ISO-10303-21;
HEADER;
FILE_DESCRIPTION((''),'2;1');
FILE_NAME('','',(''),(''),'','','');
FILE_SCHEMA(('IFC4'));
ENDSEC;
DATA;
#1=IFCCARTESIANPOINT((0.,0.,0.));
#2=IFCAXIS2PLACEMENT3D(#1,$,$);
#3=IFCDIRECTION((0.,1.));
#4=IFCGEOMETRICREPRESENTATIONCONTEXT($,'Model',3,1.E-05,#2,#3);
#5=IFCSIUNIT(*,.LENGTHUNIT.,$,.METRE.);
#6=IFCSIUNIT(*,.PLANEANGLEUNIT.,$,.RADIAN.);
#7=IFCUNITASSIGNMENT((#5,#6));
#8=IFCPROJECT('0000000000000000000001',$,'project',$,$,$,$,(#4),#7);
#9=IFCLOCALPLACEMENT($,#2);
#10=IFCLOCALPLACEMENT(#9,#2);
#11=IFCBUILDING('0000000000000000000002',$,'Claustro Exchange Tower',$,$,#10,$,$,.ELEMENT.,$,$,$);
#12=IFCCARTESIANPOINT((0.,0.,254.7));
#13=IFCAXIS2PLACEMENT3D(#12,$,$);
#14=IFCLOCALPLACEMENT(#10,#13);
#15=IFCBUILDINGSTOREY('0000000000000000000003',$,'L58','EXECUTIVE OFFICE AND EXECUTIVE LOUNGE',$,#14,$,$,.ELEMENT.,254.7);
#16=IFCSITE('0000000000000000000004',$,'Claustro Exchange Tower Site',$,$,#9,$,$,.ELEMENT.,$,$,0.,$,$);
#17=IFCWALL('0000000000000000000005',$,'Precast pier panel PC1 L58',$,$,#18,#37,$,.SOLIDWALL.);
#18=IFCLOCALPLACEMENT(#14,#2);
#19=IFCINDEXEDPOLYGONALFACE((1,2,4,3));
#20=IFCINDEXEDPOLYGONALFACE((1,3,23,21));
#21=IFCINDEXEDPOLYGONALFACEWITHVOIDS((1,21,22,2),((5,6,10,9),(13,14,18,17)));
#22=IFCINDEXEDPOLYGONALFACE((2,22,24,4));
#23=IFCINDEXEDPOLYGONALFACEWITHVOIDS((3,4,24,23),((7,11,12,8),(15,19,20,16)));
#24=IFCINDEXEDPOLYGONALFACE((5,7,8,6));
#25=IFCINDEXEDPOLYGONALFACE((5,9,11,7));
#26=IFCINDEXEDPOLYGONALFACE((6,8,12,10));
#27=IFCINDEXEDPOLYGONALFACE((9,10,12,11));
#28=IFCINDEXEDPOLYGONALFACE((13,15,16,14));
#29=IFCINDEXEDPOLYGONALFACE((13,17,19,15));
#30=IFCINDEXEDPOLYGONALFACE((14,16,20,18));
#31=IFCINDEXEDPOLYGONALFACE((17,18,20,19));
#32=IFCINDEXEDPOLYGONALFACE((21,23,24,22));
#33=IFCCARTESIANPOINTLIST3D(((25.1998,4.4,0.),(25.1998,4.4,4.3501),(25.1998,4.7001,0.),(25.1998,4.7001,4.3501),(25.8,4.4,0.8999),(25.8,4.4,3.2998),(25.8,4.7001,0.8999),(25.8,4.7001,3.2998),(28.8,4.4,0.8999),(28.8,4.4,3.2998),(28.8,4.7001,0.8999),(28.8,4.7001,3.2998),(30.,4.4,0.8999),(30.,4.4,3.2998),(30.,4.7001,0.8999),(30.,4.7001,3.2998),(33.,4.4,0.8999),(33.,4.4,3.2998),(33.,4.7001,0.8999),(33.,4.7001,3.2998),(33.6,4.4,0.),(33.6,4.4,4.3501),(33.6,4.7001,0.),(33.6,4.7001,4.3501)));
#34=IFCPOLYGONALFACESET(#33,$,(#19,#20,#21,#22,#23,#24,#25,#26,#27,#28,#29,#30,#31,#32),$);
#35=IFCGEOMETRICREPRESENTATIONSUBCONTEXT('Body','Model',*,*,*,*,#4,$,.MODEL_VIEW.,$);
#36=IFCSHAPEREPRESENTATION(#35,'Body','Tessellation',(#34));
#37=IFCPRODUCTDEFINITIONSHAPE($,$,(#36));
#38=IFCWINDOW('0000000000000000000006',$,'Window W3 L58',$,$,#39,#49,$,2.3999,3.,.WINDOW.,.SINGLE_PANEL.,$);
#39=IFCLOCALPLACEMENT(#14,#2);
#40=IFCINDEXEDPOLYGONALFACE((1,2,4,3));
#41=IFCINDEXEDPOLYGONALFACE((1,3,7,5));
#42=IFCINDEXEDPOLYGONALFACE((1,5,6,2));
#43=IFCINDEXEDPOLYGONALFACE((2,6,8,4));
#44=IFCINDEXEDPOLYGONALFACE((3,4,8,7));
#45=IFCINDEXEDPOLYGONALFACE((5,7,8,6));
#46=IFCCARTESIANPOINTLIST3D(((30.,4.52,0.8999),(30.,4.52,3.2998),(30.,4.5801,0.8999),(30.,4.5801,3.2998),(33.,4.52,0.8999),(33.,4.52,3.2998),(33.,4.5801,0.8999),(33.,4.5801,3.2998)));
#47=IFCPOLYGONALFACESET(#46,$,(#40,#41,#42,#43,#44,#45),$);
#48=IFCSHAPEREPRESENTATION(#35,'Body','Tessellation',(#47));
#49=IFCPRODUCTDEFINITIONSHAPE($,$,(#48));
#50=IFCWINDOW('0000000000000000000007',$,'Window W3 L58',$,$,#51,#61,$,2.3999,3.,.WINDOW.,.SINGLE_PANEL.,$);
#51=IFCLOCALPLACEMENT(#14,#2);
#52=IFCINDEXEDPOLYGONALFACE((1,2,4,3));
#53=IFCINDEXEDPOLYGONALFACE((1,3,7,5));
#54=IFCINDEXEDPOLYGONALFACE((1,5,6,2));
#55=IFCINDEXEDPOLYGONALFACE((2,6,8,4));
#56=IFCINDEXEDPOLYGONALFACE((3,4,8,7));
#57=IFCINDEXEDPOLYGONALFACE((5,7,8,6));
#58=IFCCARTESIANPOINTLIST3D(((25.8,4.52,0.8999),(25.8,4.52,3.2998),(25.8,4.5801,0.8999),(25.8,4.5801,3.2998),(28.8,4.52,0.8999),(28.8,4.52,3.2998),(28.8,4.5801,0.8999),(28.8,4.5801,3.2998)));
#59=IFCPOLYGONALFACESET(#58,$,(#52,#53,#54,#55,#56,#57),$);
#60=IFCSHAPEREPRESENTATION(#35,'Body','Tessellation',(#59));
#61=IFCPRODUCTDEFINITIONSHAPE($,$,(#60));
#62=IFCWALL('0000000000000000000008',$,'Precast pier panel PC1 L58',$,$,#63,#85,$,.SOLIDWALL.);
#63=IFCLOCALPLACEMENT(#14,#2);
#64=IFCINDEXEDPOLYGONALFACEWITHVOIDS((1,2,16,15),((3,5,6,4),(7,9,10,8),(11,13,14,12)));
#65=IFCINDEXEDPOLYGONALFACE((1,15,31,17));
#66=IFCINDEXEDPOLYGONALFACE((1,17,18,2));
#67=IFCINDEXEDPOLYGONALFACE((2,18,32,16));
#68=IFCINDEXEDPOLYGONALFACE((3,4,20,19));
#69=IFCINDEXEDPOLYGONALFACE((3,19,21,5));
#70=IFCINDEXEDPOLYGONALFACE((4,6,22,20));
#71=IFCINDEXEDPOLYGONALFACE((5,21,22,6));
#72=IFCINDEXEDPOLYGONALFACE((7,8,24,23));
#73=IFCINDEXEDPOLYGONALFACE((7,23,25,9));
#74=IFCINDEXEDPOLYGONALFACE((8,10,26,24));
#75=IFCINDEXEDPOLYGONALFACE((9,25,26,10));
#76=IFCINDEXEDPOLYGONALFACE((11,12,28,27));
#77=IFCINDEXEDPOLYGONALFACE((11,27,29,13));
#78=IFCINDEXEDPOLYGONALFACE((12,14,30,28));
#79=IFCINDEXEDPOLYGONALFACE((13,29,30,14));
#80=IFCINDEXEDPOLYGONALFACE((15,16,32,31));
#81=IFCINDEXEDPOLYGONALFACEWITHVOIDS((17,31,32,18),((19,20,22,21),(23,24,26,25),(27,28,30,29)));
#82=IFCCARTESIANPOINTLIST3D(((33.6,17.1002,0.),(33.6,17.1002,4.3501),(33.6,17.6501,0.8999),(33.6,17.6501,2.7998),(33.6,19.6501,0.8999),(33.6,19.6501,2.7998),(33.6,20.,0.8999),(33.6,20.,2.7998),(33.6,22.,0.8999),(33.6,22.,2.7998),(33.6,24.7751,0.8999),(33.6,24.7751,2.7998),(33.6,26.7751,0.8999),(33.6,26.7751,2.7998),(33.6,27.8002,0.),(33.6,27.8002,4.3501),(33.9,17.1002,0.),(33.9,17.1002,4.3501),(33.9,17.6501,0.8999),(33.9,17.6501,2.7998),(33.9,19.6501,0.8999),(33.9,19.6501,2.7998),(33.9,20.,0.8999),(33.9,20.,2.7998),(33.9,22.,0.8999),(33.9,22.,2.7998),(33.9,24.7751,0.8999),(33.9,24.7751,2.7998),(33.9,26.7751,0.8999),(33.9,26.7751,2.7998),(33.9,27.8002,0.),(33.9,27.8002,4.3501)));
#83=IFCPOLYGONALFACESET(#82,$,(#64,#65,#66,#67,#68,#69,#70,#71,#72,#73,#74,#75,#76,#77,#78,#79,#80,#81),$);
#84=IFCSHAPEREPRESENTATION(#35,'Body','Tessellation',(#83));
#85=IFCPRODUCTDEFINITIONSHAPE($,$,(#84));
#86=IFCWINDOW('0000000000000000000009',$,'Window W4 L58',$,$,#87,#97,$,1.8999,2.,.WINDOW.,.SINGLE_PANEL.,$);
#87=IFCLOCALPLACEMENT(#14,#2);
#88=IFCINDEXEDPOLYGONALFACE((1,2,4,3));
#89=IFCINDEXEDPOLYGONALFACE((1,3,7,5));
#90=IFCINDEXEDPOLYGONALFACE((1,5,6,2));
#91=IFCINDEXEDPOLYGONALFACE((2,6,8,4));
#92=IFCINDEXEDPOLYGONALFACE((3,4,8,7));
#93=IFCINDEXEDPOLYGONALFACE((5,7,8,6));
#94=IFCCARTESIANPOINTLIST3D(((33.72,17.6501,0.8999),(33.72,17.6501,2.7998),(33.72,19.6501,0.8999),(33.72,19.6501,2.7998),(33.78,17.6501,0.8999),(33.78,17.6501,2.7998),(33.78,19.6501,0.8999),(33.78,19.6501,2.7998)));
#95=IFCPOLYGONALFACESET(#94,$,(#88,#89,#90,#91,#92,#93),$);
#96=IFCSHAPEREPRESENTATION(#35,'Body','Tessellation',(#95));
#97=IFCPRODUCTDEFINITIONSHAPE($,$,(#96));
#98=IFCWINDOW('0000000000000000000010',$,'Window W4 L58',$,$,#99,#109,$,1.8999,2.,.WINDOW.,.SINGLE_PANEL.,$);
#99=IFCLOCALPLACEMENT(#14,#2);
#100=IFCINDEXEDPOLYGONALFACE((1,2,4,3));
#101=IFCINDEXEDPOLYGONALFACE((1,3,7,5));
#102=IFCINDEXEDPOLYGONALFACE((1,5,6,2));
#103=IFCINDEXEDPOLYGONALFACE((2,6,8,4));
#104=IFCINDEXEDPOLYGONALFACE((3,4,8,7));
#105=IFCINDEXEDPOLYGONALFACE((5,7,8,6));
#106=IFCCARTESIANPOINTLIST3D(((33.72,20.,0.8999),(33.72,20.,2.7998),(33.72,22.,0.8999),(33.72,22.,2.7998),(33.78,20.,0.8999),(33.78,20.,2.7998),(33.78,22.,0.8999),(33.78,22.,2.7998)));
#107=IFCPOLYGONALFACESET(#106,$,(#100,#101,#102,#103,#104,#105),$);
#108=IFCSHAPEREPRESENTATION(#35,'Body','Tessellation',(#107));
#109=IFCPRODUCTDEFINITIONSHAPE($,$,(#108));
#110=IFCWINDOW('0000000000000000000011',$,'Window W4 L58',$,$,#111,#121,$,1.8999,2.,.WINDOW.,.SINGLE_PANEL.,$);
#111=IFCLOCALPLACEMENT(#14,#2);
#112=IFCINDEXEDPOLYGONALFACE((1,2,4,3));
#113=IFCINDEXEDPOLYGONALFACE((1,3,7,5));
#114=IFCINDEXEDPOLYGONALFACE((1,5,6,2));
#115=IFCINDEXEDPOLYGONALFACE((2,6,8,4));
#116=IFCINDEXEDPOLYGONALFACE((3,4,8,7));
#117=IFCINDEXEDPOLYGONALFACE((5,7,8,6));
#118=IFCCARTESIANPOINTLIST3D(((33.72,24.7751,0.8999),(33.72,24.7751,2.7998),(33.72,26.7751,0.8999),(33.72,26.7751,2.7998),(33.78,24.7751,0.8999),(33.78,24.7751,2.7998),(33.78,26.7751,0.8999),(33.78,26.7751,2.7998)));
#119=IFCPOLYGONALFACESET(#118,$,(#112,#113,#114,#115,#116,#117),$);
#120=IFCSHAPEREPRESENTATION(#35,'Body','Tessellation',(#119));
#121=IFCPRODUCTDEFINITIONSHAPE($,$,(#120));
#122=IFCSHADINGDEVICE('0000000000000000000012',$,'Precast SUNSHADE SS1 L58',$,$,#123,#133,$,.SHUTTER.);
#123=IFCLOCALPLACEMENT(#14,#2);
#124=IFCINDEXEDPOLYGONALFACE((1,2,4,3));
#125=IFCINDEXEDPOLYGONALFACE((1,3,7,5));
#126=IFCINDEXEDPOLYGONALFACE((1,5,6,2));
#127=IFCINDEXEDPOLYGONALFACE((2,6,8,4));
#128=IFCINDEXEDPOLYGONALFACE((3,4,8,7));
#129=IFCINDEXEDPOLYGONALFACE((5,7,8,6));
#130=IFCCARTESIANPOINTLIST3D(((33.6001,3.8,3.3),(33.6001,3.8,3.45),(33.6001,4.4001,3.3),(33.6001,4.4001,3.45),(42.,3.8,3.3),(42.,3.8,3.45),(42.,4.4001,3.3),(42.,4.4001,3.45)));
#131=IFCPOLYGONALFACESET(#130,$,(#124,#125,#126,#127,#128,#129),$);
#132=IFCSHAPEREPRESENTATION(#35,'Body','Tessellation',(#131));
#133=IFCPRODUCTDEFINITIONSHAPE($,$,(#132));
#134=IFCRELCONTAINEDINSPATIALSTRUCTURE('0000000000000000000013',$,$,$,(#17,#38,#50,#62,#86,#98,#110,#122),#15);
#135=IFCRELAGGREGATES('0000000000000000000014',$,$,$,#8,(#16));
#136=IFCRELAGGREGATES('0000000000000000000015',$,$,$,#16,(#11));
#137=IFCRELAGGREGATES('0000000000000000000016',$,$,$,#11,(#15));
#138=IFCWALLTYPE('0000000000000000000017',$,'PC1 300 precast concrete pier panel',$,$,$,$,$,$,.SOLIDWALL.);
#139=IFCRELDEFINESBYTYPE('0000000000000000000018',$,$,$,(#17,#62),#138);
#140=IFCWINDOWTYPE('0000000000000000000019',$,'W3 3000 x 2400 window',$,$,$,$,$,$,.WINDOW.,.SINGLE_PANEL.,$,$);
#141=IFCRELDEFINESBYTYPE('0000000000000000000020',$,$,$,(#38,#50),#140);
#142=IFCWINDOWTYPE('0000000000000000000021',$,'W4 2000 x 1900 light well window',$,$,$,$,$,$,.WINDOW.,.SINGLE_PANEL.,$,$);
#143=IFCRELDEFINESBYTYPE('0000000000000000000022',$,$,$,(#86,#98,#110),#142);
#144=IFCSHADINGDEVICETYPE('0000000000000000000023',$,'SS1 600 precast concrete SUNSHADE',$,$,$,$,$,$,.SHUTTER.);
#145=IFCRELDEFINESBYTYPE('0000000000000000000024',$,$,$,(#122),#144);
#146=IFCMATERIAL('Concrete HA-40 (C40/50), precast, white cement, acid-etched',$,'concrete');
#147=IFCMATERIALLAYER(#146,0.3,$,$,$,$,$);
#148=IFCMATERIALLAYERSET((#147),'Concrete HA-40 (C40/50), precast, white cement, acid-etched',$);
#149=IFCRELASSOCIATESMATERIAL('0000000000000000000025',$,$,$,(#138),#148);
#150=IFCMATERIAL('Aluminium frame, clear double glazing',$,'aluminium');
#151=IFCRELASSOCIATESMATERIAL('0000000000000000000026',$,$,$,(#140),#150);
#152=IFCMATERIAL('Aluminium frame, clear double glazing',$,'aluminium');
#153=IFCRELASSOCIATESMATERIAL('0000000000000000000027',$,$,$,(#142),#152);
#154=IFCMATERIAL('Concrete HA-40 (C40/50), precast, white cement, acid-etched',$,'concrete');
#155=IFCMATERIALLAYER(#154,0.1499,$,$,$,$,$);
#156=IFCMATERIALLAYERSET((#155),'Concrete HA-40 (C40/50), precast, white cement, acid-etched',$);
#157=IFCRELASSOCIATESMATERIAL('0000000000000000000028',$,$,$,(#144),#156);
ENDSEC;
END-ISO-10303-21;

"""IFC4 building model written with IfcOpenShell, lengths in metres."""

from ifc_helpers import new_model, si_unit, direction, frame, frame_2d, origin, origin_2d, place, context, subcontext, project, spatial, rectangle, extrude, material, layer, layer_set, type_object, element, fill, save


model = new_model("IFC4")

# Units and contexts
model_context = context("Model", 3, precision=1e-05, world=origin(), true_north=direction((0.0, 1.0)))
body_context = subcontext(model_context, "Body", "Model", "MODEL_VIEW")
ifc_project = project(units=[si_unit("LENGTHUNIT", "METRE"), si_unit("PLANEANGLEUNIT", "RADIAN")], contexts=[model_context])

# Site, building, storey
site_placement = place(None, origin())
site = spatial("IfcSite", under=ifc_project, at=site_placement, Name="Claustro Exchange Tower Site", CompositionType="ELEMENT", RefElevation=0.0)
building_placement = place(site_placement, origin())
building = spatial("IfcBuilding", under=site, at=building_placement, Name="Claustro Exchange Tower", CompositionType="ELEMENT")
storey_placement = place(building_placement, frame((0.0, 0.0, 254.7)))
storey = spatial("IfcBuildingStorey", under=building, at=storey_placement, Name="L58", Description="EXECUTIVE OFFICE AND EXECUTIVE LOUNGE", CompositionType="ELEMENT", Elevation=254.7)

# Walls, openings, windows
ifc_material_1 = material(Name="Concrete HA-40 (C40/50), precast, white cement, acid-etched", Category="concrete")
ifc_layer_1 = layer(ifc_material_1, 0.3)
ifc_layer_set_1 = layer_set([ifc_layer_1], Name="Concrete HA-40 (C40/50), precast, white cement, acid-etched")
wall_type_1 = type_object("IfcWallType", Name="PC1 300 precast concrete pier panel", PredefinedType="SOLIDWALL", material=ifc_layer_set_1)
wall_1_placement = place(storey_placement, frame((33.6001, 4.55, 0.0), z_axis=(0.0, 0.0, 1.0), x_axis=(-1.0, 0.0, 0.0)))
wall_1 = element("IfcWall", 1, at=wall_1_placement, inside=storey, type_object=wall_type_1, Name="Precast pier panel PC1 L58", PredefinedType="SOLIDWALL", context=body_context, shape_type="SweptSolid", body=[
    extrude(rectangle(XDim=8.4001, YDim=0.3, at=frame_2d((4.2002, 0.0))), origin(), (0.0, 0.0, 1.0), 4.3501),
])
opening_1_placement = place(wall_1_placement, frame((0.6001, 0.0, 0.8999)))
opening_1 = element("IfcOpeningElement", 2, at=opening_1_placement, cuts=wall_1, PredefinedType="OPENING", context=body_context, shape_type="SweptSolid", body=[
    extrude(rectangle(XDim=3.0, YDim=2.3999, at=frame_2d((1.5, 1.2))), frame((0.0, 0.1599, 0.0), z_axis=(0.0, -1.0, 0.0), x_axis=(1.0, 0.0, 0.0)), (0.0, 0.0, 1.0), 0.3201),
])
opening_2_placement = place(wall_1_placement, frame((4.8, 0.0, 0.8999)))
opening_2 = element("IfcOpeningElement", 3, at=opening_2_placement, cuts=wall_1, PredefinedType="OPENING", context=body_context, shape_type="SweptSolid", body=[
    extrude(rectangle(XDim=3.0, YDim=2.3999, at=frame_2d((1.5, 1.2))), frame((0.0, 0.1599, 0.0), z_axis=(0.0, -1.0, 0.0), x_axis=(1.0, 0.0, 0.0)), (0.0, 0.0, 1.0), 0.3201),
])
ifc_material_2 = material(Name="Aluminium frame, clear double glazing", Category="aluminium")
window_type_1 = type_object("IfcWindowType", Name="W3 3000 x 2400 window", PartitioningType="SINGLE_PANEL", PredefinedType="WINDOW", material=ifc_material_2)
window_1_placement = place(opening_1_placement, origin())
window_1 = element("IfcWindow", 4, at=window_1_placement, inside=storey, type_object=window_type_1, Name="Window W3 L58", OverallHeight=2.3999, OverallWidth=3.0, PartitioningType="SINGLE_PANEL", PredefinedType="WINDOW", context=body_context, shape_type="SweptSolid", body=[
    extrude(rectangle(XDim=3.0, YDim=2.3999, at=frame_2d((1.5, 1.2))), frame((0.0, 0.03, 0.0), z_axis=(0.0, -1.0, 0.0), x_axis=(1.0, 0.0, 0.0)), (0.0, 0.0, 1.0), 0.0601),
])
fill(opening_1, window_1)
window_2_placement = place(opening_2_placement, origin())
window_2 = element("IfcWindow", 5, at=window_2_placement, inside=storey, type_object=window_type_1, Name="Window W3 L58", OverallHeight=2.3999, OverallWidth=3.0, PartitioningType="SINGLE_PANEL", PredefinedType="WINDOW", context=body_context, shape_type="SweptSolid", body=[
    extrude(rectangle(XDim=3.0, YDim=2.3999, at=frame_2d((1.5, 1.2))), frame((0.0, 0.03, 0.0), z_axis=(0.0, -1.0, 0.0), x_axis=(1.0, 0.0, 0.0)), (0.0, 0.0, 1.0), 0.0601),
])
fill(opening_2, window_2)
wall_2_placement = place(storey_placement, frame((33.75, 17.1001, 0.0), z_axis=(0.0, 0.0, 1.0), x_axis=(0.0, 1.0, 0.0)))
wall_2 = element("IfcWall", 6, at=wall_2_placement, inside=storey, type_object=wall_type_1, Name="Precast pier panel PC1 L58", PredefinedType="SOLIDWALL", context=body_context, shape_type="SweptSolid", body=[
    extrude(rectangle(XDim=10.7, YDim=0.3, at=frame_2d((5.3501, 0.0))), origin(), (0.0, 0.0, 1.0), 4.3501),
])
opening_3_placement = place(wall_2_placement, frame((0.55, 0.0, 0.8999)))
opening_3 = element("IfcOpeningElement", 7, at=opening_3_placement, cuts=wall_2, PredefinedType="OPENING", context=body_context, shape_type="SweptSolid", body=[
    extrude(rectangle(XDim=2.0, YDim=1.8999, at=frame_2d((1.0, 0.95))), frame((0.0, 0.1599, 0.0), z_axis=(0.0, -1.0, 0.0), x_axis=(1.0, 0.0, 0.0)), (0.0, 0.0, 1.0), 0.3201),
])
opening_4_placement = place(wall_2_placement, frame((2.8999, 0.0, 0.8999)))
opening_4 = element("IfcOpeningElement", 8, at=opening_4_placement, cuts=wall_2, PredefinedType="OPENING", context=body_context, shape_type="SweptSolid", body=[
    extrude(rectangle(XDim=2.0, YDim=1.8999, at=frame_2d((1.0, 0.95))), frame((0.0, 0.1599, 0.0), z_axis=(0.0, -1.0, 0.0), x_axis=(1.0, 0.0, 0.0)), (0.0, 0.0, 1.0), 0.3201),
])
opening_5_placement = place(wall_2_placement, frame((7.675, 0.0, 0.8999)))
opening_5 = element("IfcOpeningElement", 9, at=opening_5_placement, cuts=wall_2, PredefinedType="OPENING", context=body_context, shape_type="SweptSolid", body=[
    extrude(rectangle(XDim=2.0, YDim=1.8999, at=frame_2d((1.0, 0.95))), frame((0.0, 0.1599, 0.0), z_axis=(0.0, -1.0, 0.0), x_axis=(1.0, 0.0, 0.0)), (0.0, 0.0, 1.0), 0.3201),
])
ifc_material_3 = material(Name="Aluminium frame, clear double glazing", Category="aluminium")
window_type_2 = type_object("IfcWindowType", Name="W4 2000 x 1900 light well window", PartitioningType="SINGLE_PANEL", PredefinedType="WINDOW", material=ifc_material_3)
window_3_placement = place(opening_3_placement, origin())
window_3 = element("IfcWindow", 10, at=window_3_placement, inside=storey, type_object=window_type_2, Name="Window W4 L58", OverallHeight=1.8999, OverallWidth=2.0, PartitioningType="SINGLE_PANEL", PredefinedType="WINDOW", context=body_context, shape_type="SweptSolid", body=[
    extrude(rectangle(XDim=2.0, YDim=1.8999, at=frame_2d((1.0, 0.95))), frame((0.0, 0.03, 0.0), z_axis=(0.0, -1.0, 0.0), x_axis=(1.0, 0.0, 0.0)), (0.0, 0.0, 1.0), 0.0601),
])
fill(opening_3, window_3)
window_4_placement = place(opening_4_placement, origin())
window_4 = element("IfcWindow", 11, at=window_4_placement, inside=storey, type_object=window_type_2, Name="Window W4 L58", OverallHeight=1.8999, OverallWidth=2.0, PartitioningType="SINGLE_PANEL", PredefinedType="WINDOW", context=body_context, shape_type="SweptSolid", body=[
    extrude(rectangle(XDim=2.0, YDim=1.8999, at=frame_2d((1.0, 0.95))), frame((0.0, 0.03, 0.0), z_axis=(0.0, -1.0, 0.0), x_axis=(1.0, 0.0, 0.0)), (0.0, 0.0, 1.0), 0.0601),
])
fill(opening_4, window_4)
window_5_placement = place(opening_5_placement, origin())
window_5 = element("IfcWindow", 12, at=window_5_placement, inside=storey, type_object=window_type_2, Name="Window W4 L58", OverallHeight=1.8999, OverallWidth=2.0, PartitioningType="SINGLE_PANEL", PredefinedType="WINDOW", context=body_context, shape_type="SweptSolid", body=[
    extrude(rectangle(XDim=2.0, YDim=1.8999, at=frame_2d((1.0, 0.95))), frame((0.0, 0.03, 0.0), z_axis=(0.0, -1.0, 0.0), x_axis=(1.0, 0.0, 0.0)), (0.0, 0.0, 1.0), 0.0601),
])
fill(opening_5, window_5)

# Shading device
ifc_material_4 = material(Name="Concrete HA-40 (C40/50), precast, white cement, acid-etched", Category="concrete")
ifc_layer_2 = layer(ifc_material_4, 0.1499)
ifc_layer_set_2 = layer_set([ifc_layer_2], Name="Concrete HA-40 (C40/50), precast, white cement, acid-etched")
shading_device_type = type_object("IfcShadingDeviceType", Name="SS1 600 precast concrete SUNSHADE", PredefinedType="SHUTTER", material=ifc_layer_set_2)
shading_device_placement = place(storey_placement, frame((37.8, 4.1001, 3.3), z_axis=(0.0, 0.0, 1.0), x_axis=(-1.0, 0.0, 0.0)))
element("IfcShadingDevice", 13, at=shading_device_placement, inside=storey, type_object=shading_device_type, Name="Precast SUNSHADE SS1 L58", PredefinedType="SHUTTER", context=body_context, shape_type="SweptSolid", body=[
    extrude(rectangle(XDim=8.3999, YDim=0.6001, at=origin_2d()), origin(), (0.0, 0.0, 1.0), 0.1499),
])

save(model, "model.ifc")
